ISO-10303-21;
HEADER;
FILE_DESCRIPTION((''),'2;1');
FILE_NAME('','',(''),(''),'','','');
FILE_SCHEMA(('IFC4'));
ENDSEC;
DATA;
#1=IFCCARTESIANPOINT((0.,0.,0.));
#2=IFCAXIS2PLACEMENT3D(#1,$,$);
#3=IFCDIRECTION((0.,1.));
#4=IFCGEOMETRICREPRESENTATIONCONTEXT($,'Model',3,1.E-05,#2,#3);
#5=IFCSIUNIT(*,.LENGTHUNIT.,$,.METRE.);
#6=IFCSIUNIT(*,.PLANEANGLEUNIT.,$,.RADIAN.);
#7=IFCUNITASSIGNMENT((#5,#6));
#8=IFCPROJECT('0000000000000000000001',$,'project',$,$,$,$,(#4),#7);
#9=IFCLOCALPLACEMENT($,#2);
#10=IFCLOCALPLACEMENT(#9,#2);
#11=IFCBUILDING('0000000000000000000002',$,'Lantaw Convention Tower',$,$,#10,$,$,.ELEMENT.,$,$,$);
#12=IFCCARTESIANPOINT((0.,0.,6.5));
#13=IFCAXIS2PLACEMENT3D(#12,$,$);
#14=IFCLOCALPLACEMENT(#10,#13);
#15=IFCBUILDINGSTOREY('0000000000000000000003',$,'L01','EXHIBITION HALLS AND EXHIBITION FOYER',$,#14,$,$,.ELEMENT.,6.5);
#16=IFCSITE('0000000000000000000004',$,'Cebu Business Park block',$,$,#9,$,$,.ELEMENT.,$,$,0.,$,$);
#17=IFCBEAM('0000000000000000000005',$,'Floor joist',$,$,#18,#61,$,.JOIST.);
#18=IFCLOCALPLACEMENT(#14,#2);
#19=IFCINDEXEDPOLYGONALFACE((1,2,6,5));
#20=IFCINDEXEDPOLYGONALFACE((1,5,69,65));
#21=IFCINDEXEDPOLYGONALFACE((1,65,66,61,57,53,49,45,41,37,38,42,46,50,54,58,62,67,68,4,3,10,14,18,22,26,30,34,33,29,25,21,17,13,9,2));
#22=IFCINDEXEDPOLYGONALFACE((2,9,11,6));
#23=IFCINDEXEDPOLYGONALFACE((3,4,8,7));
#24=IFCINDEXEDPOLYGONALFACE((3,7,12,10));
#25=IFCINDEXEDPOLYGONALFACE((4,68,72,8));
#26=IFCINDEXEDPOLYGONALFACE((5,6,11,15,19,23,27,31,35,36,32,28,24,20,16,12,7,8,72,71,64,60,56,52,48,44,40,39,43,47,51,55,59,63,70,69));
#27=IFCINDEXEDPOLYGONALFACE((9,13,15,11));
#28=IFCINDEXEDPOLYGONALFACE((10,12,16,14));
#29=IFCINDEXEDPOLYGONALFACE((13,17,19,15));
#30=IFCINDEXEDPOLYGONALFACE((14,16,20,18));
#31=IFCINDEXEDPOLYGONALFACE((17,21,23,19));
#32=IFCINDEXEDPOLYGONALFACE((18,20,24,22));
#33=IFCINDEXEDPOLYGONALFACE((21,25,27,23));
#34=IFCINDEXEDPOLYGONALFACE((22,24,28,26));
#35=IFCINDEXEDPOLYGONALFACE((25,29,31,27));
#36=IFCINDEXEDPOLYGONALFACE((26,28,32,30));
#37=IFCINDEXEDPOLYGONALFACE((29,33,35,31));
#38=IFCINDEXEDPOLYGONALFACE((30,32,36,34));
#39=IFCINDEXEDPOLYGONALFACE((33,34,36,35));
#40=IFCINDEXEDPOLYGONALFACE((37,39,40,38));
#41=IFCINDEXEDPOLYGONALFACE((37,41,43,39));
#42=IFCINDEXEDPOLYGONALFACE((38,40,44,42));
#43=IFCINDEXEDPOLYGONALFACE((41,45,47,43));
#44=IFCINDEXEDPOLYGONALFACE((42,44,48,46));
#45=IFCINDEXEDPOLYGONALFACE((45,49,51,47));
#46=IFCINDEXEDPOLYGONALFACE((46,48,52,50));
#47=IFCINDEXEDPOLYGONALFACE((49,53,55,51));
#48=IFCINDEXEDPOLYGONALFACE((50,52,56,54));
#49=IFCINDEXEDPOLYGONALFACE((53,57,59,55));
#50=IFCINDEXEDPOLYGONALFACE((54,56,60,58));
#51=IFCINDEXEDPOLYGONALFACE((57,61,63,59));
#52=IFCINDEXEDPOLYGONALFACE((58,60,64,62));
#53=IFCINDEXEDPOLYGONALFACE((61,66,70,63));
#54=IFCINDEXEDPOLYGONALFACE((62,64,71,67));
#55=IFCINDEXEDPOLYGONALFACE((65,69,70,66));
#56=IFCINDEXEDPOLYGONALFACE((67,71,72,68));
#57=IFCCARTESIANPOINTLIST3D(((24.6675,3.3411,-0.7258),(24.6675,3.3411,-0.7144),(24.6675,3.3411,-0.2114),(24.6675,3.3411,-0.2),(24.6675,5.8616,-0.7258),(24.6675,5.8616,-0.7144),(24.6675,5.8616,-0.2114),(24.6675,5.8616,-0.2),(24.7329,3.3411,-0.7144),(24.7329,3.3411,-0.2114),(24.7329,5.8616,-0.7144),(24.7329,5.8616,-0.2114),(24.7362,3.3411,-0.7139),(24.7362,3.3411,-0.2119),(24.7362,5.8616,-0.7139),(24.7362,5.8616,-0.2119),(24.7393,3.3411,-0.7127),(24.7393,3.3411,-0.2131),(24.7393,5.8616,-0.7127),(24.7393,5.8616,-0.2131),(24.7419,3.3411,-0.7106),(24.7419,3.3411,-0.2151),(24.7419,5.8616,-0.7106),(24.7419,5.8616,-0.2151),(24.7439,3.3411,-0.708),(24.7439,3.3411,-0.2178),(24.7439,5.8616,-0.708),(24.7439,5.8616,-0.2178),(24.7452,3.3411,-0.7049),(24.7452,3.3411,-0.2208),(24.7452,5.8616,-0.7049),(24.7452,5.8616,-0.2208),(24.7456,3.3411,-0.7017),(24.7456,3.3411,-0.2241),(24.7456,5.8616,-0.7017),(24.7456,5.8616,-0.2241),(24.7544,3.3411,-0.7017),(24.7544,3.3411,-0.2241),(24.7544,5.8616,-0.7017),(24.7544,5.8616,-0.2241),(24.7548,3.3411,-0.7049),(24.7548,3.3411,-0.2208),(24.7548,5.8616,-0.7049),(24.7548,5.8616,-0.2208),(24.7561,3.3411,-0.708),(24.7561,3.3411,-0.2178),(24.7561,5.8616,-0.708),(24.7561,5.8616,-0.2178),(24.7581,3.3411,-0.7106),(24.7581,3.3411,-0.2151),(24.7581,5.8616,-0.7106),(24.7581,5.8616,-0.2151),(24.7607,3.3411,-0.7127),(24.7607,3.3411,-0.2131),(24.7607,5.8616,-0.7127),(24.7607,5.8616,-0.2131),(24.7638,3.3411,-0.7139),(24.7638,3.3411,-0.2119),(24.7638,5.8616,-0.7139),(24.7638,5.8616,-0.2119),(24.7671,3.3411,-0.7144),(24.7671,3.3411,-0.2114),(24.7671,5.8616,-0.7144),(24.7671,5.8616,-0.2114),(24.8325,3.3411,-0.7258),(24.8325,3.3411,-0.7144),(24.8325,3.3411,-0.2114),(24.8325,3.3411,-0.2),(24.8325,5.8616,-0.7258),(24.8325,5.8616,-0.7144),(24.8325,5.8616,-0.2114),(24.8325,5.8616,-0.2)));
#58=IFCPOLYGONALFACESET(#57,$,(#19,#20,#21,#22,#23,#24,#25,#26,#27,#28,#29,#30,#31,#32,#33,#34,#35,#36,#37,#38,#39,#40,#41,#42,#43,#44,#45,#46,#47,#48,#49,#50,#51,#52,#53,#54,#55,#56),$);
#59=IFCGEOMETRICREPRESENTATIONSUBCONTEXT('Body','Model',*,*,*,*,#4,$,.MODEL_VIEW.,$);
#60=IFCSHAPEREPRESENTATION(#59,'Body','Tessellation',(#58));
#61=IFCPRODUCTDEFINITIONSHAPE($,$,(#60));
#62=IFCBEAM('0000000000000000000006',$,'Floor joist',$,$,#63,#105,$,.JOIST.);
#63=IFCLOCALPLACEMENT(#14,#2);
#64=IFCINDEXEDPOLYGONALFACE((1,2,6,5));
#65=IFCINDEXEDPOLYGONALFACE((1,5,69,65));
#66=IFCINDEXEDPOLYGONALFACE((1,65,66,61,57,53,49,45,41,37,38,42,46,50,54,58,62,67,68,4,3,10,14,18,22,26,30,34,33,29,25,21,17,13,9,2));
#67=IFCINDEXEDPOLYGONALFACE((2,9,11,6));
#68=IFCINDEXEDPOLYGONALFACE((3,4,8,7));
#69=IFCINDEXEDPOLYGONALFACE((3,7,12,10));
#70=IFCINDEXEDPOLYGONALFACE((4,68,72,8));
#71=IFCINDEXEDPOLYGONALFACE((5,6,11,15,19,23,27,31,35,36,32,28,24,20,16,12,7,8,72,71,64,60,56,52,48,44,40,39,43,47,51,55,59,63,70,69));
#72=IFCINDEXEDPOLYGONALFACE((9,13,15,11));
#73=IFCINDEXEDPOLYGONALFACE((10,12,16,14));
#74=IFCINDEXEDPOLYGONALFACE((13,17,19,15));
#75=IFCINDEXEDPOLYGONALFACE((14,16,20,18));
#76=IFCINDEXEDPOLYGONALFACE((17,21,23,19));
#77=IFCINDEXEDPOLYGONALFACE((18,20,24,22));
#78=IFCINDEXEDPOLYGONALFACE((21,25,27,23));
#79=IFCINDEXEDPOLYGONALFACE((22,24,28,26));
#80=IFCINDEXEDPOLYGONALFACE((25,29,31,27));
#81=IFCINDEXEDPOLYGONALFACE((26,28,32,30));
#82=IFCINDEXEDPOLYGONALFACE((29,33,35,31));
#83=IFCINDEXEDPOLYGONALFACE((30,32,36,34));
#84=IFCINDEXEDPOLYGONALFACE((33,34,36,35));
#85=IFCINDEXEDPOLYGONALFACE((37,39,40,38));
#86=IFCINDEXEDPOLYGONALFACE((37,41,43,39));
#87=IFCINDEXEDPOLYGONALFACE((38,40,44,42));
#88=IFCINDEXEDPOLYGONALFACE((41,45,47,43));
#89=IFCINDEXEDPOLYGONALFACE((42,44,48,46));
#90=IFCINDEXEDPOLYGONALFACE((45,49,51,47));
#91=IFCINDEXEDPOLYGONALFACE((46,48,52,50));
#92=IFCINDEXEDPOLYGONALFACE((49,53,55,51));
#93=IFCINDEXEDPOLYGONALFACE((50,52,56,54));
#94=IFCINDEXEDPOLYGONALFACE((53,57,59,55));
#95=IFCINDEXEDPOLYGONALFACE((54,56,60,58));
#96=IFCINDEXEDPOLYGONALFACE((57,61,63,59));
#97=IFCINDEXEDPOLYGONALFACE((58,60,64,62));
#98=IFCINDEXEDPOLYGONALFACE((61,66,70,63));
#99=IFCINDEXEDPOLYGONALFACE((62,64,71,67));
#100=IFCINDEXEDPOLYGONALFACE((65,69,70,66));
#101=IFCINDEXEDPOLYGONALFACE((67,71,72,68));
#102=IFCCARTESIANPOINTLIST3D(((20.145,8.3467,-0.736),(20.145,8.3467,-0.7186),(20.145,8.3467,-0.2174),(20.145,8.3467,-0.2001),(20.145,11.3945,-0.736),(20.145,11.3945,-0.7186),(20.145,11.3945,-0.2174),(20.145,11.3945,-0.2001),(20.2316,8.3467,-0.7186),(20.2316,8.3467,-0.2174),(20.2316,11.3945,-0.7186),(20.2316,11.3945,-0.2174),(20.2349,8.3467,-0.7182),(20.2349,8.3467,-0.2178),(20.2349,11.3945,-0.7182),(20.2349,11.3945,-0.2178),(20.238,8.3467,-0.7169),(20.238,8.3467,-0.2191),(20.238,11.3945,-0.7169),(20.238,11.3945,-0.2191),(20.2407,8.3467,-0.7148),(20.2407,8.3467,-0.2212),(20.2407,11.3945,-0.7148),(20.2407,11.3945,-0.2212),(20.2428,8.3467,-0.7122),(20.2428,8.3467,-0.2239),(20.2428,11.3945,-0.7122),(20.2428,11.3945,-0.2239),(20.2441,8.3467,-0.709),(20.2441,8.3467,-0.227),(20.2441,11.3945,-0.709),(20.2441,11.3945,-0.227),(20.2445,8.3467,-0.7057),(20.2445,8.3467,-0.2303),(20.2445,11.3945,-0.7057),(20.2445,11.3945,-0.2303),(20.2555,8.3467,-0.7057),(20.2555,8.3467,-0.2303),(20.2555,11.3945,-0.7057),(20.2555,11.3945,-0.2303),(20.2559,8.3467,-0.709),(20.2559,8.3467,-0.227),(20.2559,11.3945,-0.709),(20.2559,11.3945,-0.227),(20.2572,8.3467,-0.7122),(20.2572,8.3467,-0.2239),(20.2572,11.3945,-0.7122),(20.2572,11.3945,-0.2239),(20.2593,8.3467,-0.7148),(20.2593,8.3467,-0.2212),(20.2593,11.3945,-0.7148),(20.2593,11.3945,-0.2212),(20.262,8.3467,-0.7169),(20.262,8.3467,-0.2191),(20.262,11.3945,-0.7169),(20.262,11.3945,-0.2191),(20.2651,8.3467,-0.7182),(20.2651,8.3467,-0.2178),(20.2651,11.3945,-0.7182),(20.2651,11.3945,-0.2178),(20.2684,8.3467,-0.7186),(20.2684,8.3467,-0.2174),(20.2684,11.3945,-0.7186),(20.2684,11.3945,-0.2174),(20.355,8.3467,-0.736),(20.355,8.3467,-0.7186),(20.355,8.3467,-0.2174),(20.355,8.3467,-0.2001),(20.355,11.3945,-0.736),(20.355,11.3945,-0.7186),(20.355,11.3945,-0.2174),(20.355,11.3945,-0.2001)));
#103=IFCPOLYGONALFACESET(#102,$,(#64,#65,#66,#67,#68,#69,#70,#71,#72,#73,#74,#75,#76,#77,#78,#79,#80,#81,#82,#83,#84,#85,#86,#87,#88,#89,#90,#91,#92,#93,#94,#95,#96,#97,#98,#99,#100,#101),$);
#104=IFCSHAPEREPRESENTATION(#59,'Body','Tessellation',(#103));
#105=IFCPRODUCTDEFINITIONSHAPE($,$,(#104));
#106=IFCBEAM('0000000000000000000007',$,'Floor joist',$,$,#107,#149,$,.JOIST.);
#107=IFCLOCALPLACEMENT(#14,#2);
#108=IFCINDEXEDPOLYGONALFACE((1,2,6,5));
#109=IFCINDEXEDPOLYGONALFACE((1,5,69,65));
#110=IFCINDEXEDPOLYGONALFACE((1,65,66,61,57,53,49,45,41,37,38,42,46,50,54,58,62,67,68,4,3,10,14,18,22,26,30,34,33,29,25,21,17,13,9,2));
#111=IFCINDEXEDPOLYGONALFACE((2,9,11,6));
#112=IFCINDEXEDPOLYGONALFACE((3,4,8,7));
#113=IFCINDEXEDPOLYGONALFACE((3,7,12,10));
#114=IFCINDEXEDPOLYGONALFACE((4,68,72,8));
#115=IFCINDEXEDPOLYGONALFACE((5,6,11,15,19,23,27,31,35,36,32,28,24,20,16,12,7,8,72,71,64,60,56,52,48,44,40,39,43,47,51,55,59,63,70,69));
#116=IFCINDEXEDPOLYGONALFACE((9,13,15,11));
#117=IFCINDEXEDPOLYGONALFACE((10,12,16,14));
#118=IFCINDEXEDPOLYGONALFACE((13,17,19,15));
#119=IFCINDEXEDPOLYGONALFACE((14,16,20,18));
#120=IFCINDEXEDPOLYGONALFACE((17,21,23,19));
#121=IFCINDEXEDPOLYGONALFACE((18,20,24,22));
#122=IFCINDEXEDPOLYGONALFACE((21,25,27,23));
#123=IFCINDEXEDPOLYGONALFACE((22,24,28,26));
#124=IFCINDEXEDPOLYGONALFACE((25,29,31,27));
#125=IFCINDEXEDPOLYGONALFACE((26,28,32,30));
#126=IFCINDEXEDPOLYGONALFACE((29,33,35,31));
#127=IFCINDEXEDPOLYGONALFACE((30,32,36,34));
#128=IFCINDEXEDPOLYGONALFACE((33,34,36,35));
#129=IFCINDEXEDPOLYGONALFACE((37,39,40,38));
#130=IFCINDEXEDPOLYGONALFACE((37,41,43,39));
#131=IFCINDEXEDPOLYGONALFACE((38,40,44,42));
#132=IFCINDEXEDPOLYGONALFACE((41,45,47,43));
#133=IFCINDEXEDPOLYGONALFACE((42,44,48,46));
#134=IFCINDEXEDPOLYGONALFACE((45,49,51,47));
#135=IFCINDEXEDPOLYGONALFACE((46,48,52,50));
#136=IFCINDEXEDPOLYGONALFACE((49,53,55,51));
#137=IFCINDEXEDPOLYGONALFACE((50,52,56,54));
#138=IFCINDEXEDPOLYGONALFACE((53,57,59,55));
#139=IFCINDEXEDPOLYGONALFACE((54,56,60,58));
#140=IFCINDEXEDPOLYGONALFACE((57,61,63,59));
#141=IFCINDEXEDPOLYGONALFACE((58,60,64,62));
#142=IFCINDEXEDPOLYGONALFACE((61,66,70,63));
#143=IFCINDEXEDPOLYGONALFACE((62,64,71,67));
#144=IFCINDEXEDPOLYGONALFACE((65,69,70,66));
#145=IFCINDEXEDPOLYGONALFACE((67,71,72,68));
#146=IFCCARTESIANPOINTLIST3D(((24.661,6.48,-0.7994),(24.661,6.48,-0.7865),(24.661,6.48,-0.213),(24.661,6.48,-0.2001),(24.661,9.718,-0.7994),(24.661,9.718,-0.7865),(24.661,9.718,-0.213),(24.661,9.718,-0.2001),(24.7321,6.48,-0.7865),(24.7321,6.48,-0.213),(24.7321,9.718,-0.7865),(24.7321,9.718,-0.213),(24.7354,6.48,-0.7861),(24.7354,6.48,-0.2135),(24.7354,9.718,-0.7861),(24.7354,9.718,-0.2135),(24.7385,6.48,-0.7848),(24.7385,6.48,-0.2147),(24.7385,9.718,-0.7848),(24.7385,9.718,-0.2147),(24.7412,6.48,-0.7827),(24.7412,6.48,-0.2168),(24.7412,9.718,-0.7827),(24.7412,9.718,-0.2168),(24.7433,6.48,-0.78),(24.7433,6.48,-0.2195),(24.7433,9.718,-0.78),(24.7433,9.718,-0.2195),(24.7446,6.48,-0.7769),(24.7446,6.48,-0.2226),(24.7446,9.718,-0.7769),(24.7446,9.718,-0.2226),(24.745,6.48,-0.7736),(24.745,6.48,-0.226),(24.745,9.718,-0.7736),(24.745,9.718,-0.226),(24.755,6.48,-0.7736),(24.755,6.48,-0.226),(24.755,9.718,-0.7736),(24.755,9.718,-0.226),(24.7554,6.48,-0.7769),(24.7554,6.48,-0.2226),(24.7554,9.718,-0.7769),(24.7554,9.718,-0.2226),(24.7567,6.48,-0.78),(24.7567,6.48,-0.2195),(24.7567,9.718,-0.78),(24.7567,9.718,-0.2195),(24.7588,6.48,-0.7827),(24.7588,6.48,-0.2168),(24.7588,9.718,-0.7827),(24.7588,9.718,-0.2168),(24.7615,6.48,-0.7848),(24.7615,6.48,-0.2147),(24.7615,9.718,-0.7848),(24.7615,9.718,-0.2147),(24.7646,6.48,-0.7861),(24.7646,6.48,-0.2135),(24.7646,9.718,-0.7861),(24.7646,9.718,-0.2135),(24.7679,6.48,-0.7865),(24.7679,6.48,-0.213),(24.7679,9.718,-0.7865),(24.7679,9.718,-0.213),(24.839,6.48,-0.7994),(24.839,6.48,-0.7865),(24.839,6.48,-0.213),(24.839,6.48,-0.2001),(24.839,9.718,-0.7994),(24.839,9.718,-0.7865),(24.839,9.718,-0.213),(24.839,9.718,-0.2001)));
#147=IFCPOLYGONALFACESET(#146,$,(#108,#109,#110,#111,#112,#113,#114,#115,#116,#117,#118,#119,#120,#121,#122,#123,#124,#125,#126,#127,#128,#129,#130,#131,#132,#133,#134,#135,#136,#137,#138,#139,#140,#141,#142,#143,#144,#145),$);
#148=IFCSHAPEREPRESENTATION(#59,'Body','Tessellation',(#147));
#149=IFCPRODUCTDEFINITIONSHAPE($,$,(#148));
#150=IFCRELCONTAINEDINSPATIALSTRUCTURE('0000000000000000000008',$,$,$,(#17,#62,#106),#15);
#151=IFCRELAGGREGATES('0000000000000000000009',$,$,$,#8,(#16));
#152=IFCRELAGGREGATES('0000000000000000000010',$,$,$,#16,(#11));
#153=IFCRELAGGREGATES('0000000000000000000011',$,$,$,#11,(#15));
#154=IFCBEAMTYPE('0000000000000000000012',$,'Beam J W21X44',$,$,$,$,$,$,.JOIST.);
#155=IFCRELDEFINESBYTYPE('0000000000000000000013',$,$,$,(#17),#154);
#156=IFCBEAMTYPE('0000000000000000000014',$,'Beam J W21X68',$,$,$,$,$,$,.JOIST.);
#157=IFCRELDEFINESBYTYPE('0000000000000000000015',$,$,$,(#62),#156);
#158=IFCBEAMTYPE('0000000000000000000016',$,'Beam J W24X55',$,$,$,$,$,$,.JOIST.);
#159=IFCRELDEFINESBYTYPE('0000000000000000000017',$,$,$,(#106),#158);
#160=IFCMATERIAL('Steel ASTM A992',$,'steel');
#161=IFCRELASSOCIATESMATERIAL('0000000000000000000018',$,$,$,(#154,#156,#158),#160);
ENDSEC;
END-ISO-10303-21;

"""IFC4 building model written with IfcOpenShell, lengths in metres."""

from ifc_helpers import new_model, si_unit, direction, frame, origin, origin_2d, place, context, subcontext, project, spatial, i_section, extrude, material, material_profile, profile_set, type_object, element, save


model = new_model("IFC4")

# Units and contexts
model_context = context("Model", 3, precision=1e-05, world=origin(), true_north=direction((0.0, 1.0)))
body_context = subcontext(model_context, "Body", "Model", "MODEL_VIEW")
ifc_project = project(units=[si_unit("LENGTHUNIT", "METRE"), si_unit("PLANEANGLEUNIT", "RADIAN")], contexts=[model_context])

# Site, building, storey
site_placement = place(None, origin())
site = spatial("IfcSite", under=ifc_project, at=site_placement, Name="Cebu Business Park block", CompositionType="ELEMENT", RefElevation=0.0)
building_placement = place(site_placement, origin())
building = spatial("IfcBuilding", under=site, at=building_placement, Name="Lantaw Convention Tower", CompositionType="ELEMENT")
storey_placement = place(building_placement, frame((0.0, 0.0, 6.5)))
storey = spatial("IfcBuildingStorey", under=building, at=storey_placement, Name="L01", Description="EXHIBITION HALLS AND EXHIBITION FOYER", CompositionType="ELEMENT", Elevation=6.5)

# Beams
ifc_material_1 = material(Name="Steel ASTM A992", Category="steel")
ifc_material_profile_1 = material_profile(ifc_material_1, i_section(OverallWidth=0.165, OverallDepth=0.5259, WebThickness=0.0088, FlangeThickness=0.0115, FilletRadius=0.0127, at=origin_2d()), Name="W21X44")
ifc_profile_set_1 = profile_set([ifc_material_profile_1], Name="Steel ASTM A992")
beam_type_1 = type_object("IfcBeamType", Name="Beam J W21X44", PredefinedType="JOIST", material=ifc_profile_set_1)
beam_1_placement = place(storey_placement, frame((24.75, 3.3411, -0.4629), z_axis=(0.0, 1.0, 0.0), x_axis=(-1.0, 0.0, 0.0)))
element("IfcBeam", 1, at=beam_1_placement, inside=storey, type_object=beam_type_1, Name="Floor joist", PredefinedType="JOIST", context=body_context, shape_type="SweptSolid", body=[
    extrude(i_section(OverallWidth=0.165, OverallDepth=0.5259, WebThickness=0.0088, FlangeThickness=0.0115, FilletRadius=0.0127, at=origin_2d()), origin(), (0.0, 0.0, 1.0), 2.5205),
])
ifc_material_profile_2 = material_profile(ifc_material_1, i_section(OverallWidth=0.21, OverallDepth=0.5359, WebThickness=0.011, FlangeThickness=0.0173, FilletRadius=0.0129, at=origin_2d()), Name="W21X68")
ifc_profile_set_2 = profile_set([ifc_material_profile_2], Name="Steel ASTM A992")
beam_type_2 = type_object("IfcBeamType", Name="Beam J W21X68", PredefinedType="JOIST", material=ifc_profile_set_2)
beam_2_placement = place(storey_placement, frame((20.25, 8.3467, -0.468), z_axis=(0.0, 1.0, 0.0), x_axis=(-1.0, 0.0, 0.0)))
element("IfcBeam", 2, at=beam_2_placement, inside=storey, type_object=beam_type_2, Name="Floor joist", PredefinedType="JOIST", context=body_context, shape_type="SweptSolid", body=[
    extrude(i_section(OverallWidth=0.21, OverallDepth=0.5359, WebThickness=0.011, FlangeThickness=0.0173, FilletRadius=0.0129, at=origin_2d()), origin(), (0.0, 0.0, 1.0), 3.0479),
])
ifc_material_profile_3 = material_profile(ifc_material_1, i_section(OverallWidth=0.178, OverallDepth=0.5994, WebThickness=0.01, FlangeThickness=0.0129, FilletRadius=0.0129, at=origin_2d()), Name="W24X55")
ifc_profile_set_3 = profile_set([ifc_material_profile_3], Name="Steel ASTM A992")
beam_type_3 = type_object("IfcBeamType", Name="Beam J W24X55", PredefinedType="JOIST", material=ifc_profile_set_3)
beam_3_placement = place(storey_placement, frame((24.75, 6.48, -0.4998), z_axis=(0.0, 1.0, 0.0), x_axis=(-1.0, 0.0, 0.0)))
element("IfcBeam", 3, at=beam_3_placement, inside=storey, type_object=beam_type_3, Name="Floor joist", PredefinedType="JOIST", context=body_context, shape_type="SweptSolid", body=[
    extrude(i_section(OverallWidth=0.178, OverallDepth=0.5994, WebThickness=0.01, FlangeThickness=0.0129, FilletRadius=0.0129, at=origin_2d()), origin(), (0.0, 0.0, 1.0), 3.238),
])

save(model, "model.ifc")
